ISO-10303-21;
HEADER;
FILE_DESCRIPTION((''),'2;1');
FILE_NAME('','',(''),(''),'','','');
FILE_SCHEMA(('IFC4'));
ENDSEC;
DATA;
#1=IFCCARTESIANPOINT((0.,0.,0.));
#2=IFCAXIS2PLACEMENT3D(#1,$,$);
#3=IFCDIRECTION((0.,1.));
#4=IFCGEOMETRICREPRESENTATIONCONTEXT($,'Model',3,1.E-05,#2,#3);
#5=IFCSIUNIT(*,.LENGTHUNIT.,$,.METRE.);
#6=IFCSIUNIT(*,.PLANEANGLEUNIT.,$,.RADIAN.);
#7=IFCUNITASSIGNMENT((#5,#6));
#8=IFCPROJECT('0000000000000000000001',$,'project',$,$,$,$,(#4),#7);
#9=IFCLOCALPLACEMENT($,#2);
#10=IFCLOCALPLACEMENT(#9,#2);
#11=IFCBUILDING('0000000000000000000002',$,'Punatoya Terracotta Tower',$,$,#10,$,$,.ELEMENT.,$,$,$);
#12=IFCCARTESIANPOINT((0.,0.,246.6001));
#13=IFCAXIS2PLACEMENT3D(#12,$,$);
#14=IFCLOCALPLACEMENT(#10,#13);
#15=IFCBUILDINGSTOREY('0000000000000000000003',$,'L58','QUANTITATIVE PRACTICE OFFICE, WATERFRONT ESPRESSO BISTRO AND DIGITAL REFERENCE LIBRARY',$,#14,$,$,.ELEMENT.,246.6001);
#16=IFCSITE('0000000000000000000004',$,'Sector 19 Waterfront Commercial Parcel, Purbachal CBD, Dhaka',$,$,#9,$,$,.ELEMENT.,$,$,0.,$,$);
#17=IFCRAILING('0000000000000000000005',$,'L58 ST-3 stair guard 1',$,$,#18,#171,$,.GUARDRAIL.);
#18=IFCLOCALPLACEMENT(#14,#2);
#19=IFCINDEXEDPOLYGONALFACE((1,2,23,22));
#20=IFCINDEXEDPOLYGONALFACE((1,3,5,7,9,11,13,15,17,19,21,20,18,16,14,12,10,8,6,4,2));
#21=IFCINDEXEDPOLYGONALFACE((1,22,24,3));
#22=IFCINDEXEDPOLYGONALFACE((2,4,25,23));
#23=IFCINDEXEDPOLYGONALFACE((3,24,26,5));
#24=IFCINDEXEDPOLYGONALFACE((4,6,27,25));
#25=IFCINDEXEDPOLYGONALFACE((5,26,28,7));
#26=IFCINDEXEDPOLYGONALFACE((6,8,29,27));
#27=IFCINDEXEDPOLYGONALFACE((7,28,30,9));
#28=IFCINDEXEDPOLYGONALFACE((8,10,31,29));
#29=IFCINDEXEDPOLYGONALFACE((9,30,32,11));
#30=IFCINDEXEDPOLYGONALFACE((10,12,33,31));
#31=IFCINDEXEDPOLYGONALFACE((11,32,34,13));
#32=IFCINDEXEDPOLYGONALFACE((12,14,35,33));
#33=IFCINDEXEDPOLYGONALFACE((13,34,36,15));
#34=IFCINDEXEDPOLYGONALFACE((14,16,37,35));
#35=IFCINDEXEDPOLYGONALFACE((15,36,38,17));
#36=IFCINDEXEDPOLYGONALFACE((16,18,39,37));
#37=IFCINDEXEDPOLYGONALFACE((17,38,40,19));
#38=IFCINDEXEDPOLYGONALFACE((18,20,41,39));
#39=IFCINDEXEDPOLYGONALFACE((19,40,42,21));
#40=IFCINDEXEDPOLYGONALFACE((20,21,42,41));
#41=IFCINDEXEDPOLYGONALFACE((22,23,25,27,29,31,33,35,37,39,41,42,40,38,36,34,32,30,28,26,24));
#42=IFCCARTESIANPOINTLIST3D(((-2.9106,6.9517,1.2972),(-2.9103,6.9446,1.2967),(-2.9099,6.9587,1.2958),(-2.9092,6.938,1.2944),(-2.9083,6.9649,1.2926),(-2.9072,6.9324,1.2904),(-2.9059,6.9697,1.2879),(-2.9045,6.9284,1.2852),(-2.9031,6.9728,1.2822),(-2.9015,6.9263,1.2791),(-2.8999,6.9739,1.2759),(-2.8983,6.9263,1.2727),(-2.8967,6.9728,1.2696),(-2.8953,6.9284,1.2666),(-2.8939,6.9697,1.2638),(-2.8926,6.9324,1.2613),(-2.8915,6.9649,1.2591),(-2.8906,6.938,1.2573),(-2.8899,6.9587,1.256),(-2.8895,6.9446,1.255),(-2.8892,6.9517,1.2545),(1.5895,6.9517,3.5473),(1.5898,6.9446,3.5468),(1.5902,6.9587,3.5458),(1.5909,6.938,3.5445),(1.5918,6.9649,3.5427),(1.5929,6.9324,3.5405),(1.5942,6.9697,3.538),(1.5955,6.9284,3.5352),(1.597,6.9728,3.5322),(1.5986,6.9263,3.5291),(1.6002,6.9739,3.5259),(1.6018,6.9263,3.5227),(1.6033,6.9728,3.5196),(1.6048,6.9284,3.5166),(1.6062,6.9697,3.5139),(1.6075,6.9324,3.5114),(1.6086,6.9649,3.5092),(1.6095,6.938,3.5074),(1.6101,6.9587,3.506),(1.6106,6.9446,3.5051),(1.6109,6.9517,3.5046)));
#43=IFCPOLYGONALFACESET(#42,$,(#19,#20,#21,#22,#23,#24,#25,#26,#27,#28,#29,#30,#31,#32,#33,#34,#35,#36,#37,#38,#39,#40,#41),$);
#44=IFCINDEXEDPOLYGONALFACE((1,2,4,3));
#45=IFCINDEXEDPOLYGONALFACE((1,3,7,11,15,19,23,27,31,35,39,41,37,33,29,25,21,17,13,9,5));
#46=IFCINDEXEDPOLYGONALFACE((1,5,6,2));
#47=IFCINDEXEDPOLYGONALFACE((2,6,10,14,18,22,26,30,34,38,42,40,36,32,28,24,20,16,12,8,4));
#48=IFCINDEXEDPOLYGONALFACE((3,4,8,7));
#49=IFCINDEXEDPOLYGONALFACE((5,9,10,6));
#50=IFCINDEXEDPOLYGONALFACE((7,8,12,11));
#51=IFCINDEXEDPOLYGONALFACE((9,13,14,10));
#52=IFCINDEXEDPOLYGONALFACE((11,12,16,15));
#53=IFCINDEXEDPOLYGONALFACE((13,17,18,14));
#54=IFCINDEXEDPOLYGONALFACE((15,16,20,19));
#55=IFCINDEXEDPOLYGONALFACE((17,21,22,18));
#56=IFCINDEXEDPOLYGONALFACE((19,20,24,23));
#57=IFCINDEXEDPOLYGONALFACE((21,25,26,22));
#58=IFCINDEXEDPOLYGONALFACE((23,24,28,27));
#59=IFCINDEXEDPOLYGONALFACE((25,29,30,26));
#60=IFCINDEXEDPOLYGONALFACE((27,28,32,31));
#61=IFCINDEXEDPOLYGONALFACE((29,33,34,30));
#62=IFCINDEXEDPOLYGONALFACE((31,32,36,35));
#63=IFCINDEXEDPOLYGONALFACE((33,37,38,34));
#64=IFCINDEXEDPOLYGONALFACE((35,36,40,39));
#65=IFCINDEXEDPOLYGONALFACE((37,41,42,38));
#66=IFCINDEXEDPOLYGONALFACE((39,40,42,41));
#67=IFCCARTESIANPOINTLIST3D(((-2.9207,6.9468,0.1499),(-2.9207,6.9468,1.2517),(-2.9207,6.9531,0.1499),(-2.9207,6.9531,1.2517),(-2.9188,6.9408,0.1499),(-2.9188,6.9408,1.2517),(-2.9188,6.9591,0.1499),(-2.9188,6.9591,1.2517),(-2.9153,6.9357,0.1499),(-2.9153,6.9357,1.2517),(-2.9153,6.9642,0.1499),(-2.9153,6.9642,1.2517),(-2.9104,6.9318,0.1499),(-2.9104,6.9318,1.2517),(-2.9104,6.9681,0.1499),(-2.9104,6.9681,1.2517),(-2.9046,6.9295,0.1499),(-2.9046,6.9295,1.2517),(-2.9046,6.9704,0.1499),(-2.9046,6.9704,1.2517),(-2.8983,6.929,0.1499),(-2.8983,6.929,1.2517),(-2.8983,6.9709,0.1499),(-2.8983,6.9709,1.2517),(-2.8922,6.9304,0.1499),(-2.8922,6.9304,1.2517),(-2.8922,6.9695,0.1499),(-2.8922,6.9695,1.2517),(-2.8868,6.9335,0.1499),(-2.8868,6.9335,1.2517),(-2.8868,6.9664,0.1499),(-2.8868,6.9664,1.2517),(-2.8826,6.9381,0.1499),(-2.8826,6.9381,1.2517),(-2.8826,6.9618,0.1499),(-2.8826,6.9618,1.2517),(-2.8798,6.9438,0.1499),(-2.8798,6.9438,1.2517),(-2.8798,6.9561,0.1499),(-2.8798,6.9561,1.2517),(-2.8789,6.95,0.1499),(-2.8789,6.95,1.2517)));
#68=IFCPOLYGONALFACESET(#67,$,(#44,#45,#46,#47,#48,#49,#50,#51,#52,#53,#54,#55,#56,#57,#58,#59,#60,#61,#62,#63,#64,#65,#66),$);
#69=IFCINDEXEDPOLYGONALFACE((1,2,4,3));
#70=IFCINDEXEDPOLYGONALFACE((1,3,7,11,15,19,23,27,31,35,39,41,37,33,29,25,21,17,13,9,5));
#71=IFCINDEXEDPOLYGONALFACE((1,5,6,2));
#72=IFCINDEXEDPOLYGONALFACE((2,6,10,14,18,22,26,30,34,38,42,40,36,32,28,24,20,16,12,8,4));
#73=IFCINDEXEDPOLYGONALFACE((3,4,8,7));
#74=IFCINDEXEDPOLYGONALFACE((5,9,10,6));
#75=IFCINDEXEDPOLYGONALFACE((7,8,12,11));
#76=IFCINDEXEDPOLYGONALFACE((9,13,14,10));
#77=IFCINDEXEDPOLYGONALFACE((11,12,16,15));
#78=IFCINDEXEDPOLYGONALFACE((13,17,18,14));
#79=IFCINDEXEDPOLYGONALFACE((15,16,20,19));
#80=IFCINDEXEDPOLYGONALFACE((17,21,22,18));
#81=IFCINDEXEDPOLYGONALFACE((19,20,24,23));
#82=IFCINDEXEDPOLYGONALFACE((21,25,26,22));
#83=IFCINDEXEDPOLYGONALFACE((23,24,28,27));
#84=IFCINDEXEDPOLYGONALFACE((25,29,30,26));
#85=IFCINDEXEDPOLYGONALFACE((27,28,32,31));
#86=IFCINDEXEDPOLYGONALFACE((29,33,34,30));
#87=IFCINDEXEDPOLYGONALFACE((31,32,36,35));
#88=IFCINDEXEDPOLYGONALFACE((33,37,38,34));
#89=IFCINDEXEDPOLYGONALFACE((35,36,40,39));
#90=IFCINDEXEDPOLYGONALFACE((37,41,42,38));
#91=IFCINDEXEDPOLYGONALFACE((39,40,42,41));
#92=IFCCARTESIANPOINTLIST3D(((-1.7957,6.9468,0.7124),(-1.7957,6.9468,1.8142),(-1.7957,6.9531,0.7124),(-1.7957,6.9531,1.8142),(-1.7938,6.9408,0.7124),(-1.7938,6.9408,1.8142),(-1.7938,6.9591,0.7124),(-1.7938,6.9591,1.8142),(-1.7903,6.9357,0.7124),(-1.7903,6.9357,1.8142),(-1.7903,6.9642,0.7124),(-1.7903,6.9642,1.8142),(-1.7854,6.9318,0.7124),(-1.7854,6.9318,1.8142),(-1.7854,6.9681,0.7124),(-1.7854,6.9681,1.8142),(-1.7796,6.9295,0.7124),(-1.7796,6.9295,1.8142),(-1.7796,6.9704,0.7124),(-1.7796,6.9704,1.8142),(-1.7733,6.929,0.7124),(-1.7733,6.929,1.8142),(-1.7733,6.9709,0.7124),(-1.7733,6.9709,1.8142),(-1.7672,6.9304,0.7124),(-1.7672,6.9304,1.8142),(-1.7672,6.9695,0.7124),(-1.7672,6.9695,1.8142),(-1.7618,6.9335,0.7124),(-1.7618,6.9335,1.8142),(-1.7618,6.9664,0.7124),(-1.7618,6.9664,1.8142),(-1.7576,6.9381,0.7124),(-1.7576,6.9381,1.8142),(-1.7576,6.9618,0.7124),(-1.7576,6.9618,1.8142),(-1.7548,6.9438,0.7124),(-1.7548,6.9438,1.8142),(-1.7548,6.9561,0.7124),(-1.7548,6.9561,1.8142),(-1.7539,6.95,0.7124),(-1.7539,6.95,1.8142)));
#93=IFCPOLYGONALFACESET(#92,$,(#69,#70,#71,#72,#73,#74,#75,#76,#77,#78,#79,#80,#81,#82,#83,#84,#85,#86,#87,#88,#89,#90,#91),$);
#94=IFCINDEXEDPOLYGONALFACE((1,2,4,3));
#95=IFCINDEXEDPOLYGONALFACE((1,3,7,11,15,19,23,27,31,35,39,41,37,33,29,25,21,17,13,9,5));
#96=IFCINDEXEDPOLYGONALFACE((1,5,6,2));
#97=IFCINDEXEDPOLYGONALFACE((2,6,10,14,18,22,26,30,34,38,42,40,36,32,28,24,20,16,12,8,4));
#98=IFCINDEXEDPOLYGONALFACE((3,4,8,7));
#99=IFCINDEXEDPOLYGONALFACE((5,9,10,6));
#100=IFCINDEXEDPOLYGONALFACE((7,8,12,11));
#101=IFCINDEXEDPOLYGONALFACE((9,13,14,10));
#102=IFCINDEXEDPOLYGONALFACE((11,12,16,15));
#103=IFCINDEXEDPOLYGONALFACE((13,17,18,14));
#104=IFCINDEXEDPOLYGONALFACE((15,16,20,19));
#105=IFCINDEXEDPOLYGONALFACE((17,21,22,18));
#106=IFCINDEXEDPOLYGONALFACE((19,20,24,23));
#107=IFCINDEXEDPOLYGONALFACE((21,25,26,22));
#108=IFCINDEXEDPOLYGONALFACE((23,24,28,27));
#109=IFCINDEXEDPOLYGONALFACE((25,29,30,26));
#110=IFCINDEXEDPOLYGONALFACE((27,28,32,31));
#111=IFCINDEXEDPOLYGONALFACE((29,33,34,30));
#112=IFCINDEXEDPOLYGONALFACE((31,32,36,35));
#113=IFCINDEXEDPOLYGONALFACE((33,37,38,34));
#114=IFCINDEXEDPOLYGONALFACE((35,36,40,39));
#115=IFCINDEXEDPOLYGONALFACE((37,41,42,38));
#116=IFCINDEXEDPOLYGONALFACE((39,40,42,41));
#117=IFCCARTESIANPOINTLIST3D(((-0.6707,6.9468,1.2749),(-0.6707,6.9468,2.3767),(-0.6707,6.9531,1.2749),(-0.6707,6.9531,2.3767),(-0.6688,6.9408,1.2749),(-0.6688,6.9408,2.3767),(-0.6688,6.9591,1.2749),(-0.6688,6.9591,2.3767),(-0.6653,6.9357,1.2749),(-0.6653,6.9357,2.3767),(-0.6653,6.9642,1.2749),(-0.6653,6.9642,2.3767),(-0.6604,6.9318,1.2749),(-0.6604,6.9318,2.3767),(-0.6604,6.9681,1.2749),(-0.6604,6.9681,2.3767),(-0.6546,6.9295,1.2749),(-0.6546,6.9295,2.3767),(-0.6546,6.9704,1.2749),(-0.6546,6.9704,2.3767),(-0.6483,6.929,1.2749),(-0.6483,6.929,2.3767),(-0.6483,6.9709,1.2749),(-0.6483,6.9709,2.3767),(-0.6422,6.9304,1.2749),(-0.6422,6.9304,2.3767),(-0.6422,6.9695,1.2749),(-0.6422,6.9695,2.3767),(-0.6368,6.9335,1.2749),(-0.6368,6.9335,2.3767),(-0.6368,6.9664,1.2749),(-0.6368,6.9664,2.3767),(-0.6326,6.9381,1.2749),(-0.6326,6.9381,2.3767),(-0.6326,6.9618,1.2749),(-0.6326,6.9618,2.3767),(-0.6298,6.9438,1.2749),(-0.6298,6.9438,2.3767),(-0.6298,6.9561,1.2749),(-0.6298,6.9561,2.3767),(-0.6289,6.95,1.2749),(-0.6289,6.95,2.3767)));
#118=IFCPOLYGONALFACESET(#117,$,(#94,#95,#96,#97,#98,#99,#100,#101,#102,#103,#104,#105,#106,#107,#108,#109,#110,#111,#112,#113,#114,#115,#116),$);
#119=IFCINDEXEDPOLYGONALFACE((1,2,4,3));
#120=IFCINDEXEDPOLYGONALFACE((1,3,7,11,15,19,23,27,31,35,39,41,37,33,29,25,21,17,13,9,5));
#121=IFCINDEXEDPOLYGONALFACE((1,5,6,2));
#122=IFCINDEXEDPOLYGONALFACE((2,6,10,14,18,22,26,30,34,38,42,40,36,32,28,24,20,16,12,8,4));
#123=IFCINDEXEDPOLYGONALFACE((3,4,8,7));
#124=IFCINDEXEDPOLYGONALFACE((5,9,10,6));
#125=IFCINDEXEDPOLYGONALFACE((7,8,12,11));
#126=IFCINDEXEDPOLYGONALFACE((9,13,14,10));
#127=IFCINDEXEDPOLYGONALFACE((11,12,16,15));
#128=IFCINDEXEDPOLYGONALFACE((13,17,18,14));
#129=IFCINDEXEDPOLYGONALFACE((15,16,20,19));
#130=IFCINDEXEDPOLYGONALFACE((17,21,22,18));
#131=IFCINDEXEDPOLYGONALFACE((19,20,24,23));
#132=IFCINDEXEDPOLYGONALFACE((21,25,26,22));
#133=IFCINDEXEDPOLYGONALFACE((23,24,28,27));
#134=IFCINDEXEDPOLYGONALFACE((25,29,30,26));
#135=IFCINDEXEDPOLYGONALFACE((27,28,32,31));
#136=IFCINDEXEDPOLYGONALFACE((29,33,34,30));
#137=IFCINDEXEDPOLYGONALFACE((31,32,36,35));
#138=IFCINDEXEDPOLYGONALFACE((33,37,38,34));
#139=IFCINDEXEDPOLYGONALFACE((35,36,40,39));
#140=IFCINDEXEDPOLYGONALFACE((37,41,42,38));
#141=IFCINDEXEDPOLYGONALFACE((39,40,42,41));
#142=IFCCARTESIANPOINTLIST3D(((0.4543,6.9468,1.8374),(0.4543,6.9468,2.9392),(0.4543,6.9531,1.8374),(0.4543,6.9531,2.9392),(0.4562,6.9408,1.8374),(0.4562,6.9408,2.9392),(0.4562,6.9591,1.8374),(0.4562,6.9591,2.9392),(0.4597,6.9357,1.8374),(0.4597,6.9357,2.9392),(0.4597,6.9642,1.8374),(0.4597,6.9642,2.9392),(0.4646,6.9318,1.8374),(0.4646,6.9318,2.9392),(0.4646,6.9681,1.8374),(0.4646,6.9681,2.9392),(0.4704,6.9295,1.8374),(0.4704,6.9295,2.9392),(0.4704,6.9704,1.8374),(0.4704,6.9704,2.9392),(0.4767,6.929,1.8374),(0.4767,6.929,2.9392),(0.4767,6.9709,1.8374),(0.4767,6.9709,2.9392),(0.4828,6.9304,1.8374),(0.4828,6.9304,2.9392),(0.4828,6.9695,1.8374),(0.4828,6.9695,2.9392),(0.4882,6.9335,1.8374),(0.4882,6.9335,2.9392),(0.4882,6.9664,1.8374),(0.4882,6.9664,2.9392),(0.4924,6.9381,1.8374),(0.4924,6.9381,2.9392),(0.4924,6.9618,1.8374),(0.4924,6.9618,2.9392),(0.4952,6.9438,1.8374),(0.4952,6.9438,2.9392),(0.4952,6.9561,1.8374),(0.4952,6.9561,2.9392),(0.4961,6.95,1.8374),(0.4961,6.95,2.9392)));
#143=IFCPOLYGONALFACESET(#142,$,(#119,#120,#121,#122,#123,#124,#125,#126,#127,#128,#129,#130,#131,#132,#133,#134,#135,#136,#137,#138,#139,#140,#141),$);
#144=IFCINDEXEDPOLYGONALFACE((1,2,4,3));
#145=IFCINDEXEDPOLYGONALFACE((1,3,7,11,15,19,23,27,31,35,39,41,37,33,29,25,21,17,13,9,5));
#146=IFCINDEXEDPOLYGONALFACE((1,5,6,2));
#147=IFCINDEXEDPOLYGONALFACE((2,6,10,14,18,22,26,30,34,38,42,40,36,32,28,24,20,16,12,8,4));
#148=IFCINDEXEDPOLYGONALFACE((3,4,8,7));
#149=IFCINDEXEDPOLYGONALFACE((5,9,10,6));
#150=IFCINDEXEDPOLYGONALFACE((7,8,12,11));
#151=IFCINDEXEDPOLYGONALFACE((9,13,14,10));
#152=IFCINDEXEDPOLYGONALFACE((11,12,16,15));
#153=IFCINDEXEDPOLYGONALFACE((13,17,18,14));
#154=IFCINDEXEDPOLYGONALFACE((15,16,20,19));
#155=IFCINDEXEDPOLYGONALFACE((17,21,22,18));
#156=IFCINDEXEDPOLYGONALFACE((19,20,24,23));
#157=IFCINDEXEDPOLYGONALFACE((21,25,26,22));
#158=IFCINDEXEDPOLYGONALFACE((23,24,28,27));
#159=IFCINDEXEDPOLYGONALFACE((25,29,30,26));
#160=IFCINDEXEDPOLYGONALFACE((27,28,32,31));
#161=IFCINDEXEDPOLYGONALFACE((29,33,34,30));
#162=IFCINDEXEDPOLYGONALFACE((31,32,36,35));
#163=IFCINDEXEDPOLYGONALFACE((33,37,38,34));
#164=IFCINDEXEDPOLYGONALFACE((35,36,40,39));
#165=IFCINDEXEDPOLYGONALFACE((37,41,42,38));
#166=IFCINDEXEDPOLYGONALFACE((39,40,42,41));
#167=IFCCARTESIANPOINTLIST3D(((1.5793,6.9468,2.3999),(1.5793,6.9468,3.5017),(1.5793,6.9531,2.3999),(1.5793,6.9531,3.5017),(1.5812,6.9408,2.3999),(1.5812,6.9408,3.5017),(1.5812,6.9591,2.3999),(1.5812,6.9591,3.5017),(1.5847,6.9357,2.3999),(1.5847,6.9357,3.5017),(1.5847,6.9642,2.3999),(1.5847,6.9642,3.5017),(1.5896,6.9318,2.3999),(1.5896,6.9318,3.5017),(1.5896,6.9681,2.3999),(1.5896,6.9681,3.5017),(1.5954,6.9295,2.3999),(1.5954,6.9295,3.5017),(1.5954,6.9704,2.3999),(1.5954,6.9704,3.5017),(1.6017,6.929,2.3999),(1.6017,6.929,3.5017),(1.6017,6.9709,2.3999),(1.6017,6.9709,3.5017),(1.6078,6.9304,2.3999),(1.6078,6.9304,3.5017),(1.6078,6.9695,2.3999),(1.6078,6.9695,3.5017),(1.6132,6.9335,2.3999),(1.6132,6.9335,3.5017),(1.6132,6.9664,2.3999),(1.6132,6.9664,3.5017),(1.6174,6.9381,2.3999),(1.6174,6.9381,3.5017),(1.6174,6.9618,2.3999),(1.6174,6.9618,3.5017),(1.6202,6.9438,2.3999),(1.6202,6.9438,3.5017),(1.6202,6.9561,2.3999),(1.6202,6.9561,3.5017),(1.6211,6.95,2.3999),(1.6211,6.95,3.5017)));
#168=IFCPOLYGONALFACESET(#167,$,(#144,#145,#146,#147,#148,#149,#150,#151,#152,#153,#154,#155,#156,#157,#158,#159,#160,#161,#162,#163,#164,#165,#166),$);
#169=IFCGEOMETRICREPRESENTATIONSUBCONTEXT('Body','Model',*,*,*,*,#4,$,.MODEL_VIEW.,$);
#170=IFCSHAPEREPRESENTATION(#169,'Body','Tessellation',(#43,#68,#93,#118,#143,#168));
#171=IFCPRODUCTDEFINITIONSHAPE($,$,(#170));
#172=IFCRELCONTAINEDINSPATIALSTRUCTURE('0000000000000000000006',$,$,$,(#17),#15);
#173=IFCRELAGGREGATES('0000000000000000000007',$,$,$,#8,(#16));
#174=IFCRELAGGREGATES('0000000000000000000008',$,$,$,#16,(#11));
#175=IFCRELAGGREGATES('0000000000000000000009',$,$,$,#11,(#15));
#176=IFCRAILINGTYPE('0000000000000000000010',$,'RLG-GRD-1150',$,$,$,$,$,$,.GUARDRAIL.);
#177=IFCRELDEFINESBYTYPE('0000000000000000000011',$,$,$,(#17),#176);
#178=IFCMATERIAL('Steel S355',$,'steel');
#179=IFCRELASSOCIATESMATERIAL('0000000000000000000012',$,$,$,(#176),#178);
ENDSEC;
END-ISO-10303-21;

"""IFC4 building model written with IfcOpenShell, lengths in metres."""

from ifc_helpers import new_model, si_unit, direction, frame, origin, origin_2d, place, context, subcontext, project, spatial, circle, extrude, material, type_object, element, save


model = new_model("IFC4")

# Units and contexts
model_context = context("Model", 3, precision=1e-05, world=origin(), true_north=direction((0.0, 1.0)))
body_context = subcontext(model_context, "Body", "Model", "MODEL_VIEW")
ifc_project = project(units=[si_unit("LENGTHUNIT", "METRE"), si_unit("PLANEANGLEUNIT", "RADIAN")], contexts=[model_context])

# Site, building, storey
site_placement = place(None, origin())
site = spatial("IfcSite", under=ifc_project, at=site_placement, Name="Sector 19 Waterfront Commercial Parcel, Purbachal CBD, Dhaka", CompositionType="ELEMENT", RefElevation=0.0)
building_placement = place(site_placement, origin())
building = spatial("IfcBuilding", under=site, at=building_placement, Name="Punatoya Terracotta Tower", CompositionType="ELEMENT")
storey_placement = place(building_placement, frame((0.0, 0.0, 246.6001)))
storey = spatial("IfcBuildingStorey", under=building, at=storey_placement, Name="L58", Description="QUANTITATIVE PRACTICE OFFICE, WATERFRONT ESPRESSO BISTRO AND DIGITAL REFERENCE LIBRARY", CompositionType="ELEMENT", Elevation=246.6001)

# Shared definitions
ifc_material_1 = material(Name="Steel S355", Category="steel")

# Railing
railing_type = type_object("IfcRailingType", Name="RLG-GRD-1150", PredefinedType="GUARDRAIL", material=ifc_material_1)
railing_1_placement = place(storey_placement, frame((-2.8999, 6.95, 0.1499)))
element("IfcRailing", 1, at=railing_1_placement, inside=storey, type_object=railing_type, Name="L58 ST-3 stair guard 1", PredefinedType="GUARDRAIL", context=body_context, shape_type="SweptSolid", body=[
    extrude(circle(Radius=0.0239, at=origin_2d()), frame((0.0, 0.0, 1.126), z_axis=(0.894427, 0.0, 0.447214), x_axis=(0.0, 1.0, 0.0)), (0.0, 0.0, 1.0), 5.0312),
    extrude(circle(Radius=0.021, at=origin_2d()), origin(), (0.0, 0.0, 1.0), 1.1018),
    extrude(circle(Radius=0.021, at=origin_2d()), frame((1.125, 0.0, 0.5625)), (0.0, 0.0, 1.0), 1.1018),
    extrude(circle(Radius=0.021, at=origin_2d()), frame((2.25, 0.0, 1.125)), (0.0, 0.0, 1.0), 1.1018),
    extrude(circle(Radius=0.021, at=origin_2d()), frame((3.375, 0.0, 1.6875)), (0.0, 0.0, 1.0), 1.1018),
    extrude(circle(Radius=0.021, at=origin_2d()), frame((4.5, 0.0, 2.25)), (0.0, 0.0, 1.0), 1.1018),
])

save(model, "model.ifc")
